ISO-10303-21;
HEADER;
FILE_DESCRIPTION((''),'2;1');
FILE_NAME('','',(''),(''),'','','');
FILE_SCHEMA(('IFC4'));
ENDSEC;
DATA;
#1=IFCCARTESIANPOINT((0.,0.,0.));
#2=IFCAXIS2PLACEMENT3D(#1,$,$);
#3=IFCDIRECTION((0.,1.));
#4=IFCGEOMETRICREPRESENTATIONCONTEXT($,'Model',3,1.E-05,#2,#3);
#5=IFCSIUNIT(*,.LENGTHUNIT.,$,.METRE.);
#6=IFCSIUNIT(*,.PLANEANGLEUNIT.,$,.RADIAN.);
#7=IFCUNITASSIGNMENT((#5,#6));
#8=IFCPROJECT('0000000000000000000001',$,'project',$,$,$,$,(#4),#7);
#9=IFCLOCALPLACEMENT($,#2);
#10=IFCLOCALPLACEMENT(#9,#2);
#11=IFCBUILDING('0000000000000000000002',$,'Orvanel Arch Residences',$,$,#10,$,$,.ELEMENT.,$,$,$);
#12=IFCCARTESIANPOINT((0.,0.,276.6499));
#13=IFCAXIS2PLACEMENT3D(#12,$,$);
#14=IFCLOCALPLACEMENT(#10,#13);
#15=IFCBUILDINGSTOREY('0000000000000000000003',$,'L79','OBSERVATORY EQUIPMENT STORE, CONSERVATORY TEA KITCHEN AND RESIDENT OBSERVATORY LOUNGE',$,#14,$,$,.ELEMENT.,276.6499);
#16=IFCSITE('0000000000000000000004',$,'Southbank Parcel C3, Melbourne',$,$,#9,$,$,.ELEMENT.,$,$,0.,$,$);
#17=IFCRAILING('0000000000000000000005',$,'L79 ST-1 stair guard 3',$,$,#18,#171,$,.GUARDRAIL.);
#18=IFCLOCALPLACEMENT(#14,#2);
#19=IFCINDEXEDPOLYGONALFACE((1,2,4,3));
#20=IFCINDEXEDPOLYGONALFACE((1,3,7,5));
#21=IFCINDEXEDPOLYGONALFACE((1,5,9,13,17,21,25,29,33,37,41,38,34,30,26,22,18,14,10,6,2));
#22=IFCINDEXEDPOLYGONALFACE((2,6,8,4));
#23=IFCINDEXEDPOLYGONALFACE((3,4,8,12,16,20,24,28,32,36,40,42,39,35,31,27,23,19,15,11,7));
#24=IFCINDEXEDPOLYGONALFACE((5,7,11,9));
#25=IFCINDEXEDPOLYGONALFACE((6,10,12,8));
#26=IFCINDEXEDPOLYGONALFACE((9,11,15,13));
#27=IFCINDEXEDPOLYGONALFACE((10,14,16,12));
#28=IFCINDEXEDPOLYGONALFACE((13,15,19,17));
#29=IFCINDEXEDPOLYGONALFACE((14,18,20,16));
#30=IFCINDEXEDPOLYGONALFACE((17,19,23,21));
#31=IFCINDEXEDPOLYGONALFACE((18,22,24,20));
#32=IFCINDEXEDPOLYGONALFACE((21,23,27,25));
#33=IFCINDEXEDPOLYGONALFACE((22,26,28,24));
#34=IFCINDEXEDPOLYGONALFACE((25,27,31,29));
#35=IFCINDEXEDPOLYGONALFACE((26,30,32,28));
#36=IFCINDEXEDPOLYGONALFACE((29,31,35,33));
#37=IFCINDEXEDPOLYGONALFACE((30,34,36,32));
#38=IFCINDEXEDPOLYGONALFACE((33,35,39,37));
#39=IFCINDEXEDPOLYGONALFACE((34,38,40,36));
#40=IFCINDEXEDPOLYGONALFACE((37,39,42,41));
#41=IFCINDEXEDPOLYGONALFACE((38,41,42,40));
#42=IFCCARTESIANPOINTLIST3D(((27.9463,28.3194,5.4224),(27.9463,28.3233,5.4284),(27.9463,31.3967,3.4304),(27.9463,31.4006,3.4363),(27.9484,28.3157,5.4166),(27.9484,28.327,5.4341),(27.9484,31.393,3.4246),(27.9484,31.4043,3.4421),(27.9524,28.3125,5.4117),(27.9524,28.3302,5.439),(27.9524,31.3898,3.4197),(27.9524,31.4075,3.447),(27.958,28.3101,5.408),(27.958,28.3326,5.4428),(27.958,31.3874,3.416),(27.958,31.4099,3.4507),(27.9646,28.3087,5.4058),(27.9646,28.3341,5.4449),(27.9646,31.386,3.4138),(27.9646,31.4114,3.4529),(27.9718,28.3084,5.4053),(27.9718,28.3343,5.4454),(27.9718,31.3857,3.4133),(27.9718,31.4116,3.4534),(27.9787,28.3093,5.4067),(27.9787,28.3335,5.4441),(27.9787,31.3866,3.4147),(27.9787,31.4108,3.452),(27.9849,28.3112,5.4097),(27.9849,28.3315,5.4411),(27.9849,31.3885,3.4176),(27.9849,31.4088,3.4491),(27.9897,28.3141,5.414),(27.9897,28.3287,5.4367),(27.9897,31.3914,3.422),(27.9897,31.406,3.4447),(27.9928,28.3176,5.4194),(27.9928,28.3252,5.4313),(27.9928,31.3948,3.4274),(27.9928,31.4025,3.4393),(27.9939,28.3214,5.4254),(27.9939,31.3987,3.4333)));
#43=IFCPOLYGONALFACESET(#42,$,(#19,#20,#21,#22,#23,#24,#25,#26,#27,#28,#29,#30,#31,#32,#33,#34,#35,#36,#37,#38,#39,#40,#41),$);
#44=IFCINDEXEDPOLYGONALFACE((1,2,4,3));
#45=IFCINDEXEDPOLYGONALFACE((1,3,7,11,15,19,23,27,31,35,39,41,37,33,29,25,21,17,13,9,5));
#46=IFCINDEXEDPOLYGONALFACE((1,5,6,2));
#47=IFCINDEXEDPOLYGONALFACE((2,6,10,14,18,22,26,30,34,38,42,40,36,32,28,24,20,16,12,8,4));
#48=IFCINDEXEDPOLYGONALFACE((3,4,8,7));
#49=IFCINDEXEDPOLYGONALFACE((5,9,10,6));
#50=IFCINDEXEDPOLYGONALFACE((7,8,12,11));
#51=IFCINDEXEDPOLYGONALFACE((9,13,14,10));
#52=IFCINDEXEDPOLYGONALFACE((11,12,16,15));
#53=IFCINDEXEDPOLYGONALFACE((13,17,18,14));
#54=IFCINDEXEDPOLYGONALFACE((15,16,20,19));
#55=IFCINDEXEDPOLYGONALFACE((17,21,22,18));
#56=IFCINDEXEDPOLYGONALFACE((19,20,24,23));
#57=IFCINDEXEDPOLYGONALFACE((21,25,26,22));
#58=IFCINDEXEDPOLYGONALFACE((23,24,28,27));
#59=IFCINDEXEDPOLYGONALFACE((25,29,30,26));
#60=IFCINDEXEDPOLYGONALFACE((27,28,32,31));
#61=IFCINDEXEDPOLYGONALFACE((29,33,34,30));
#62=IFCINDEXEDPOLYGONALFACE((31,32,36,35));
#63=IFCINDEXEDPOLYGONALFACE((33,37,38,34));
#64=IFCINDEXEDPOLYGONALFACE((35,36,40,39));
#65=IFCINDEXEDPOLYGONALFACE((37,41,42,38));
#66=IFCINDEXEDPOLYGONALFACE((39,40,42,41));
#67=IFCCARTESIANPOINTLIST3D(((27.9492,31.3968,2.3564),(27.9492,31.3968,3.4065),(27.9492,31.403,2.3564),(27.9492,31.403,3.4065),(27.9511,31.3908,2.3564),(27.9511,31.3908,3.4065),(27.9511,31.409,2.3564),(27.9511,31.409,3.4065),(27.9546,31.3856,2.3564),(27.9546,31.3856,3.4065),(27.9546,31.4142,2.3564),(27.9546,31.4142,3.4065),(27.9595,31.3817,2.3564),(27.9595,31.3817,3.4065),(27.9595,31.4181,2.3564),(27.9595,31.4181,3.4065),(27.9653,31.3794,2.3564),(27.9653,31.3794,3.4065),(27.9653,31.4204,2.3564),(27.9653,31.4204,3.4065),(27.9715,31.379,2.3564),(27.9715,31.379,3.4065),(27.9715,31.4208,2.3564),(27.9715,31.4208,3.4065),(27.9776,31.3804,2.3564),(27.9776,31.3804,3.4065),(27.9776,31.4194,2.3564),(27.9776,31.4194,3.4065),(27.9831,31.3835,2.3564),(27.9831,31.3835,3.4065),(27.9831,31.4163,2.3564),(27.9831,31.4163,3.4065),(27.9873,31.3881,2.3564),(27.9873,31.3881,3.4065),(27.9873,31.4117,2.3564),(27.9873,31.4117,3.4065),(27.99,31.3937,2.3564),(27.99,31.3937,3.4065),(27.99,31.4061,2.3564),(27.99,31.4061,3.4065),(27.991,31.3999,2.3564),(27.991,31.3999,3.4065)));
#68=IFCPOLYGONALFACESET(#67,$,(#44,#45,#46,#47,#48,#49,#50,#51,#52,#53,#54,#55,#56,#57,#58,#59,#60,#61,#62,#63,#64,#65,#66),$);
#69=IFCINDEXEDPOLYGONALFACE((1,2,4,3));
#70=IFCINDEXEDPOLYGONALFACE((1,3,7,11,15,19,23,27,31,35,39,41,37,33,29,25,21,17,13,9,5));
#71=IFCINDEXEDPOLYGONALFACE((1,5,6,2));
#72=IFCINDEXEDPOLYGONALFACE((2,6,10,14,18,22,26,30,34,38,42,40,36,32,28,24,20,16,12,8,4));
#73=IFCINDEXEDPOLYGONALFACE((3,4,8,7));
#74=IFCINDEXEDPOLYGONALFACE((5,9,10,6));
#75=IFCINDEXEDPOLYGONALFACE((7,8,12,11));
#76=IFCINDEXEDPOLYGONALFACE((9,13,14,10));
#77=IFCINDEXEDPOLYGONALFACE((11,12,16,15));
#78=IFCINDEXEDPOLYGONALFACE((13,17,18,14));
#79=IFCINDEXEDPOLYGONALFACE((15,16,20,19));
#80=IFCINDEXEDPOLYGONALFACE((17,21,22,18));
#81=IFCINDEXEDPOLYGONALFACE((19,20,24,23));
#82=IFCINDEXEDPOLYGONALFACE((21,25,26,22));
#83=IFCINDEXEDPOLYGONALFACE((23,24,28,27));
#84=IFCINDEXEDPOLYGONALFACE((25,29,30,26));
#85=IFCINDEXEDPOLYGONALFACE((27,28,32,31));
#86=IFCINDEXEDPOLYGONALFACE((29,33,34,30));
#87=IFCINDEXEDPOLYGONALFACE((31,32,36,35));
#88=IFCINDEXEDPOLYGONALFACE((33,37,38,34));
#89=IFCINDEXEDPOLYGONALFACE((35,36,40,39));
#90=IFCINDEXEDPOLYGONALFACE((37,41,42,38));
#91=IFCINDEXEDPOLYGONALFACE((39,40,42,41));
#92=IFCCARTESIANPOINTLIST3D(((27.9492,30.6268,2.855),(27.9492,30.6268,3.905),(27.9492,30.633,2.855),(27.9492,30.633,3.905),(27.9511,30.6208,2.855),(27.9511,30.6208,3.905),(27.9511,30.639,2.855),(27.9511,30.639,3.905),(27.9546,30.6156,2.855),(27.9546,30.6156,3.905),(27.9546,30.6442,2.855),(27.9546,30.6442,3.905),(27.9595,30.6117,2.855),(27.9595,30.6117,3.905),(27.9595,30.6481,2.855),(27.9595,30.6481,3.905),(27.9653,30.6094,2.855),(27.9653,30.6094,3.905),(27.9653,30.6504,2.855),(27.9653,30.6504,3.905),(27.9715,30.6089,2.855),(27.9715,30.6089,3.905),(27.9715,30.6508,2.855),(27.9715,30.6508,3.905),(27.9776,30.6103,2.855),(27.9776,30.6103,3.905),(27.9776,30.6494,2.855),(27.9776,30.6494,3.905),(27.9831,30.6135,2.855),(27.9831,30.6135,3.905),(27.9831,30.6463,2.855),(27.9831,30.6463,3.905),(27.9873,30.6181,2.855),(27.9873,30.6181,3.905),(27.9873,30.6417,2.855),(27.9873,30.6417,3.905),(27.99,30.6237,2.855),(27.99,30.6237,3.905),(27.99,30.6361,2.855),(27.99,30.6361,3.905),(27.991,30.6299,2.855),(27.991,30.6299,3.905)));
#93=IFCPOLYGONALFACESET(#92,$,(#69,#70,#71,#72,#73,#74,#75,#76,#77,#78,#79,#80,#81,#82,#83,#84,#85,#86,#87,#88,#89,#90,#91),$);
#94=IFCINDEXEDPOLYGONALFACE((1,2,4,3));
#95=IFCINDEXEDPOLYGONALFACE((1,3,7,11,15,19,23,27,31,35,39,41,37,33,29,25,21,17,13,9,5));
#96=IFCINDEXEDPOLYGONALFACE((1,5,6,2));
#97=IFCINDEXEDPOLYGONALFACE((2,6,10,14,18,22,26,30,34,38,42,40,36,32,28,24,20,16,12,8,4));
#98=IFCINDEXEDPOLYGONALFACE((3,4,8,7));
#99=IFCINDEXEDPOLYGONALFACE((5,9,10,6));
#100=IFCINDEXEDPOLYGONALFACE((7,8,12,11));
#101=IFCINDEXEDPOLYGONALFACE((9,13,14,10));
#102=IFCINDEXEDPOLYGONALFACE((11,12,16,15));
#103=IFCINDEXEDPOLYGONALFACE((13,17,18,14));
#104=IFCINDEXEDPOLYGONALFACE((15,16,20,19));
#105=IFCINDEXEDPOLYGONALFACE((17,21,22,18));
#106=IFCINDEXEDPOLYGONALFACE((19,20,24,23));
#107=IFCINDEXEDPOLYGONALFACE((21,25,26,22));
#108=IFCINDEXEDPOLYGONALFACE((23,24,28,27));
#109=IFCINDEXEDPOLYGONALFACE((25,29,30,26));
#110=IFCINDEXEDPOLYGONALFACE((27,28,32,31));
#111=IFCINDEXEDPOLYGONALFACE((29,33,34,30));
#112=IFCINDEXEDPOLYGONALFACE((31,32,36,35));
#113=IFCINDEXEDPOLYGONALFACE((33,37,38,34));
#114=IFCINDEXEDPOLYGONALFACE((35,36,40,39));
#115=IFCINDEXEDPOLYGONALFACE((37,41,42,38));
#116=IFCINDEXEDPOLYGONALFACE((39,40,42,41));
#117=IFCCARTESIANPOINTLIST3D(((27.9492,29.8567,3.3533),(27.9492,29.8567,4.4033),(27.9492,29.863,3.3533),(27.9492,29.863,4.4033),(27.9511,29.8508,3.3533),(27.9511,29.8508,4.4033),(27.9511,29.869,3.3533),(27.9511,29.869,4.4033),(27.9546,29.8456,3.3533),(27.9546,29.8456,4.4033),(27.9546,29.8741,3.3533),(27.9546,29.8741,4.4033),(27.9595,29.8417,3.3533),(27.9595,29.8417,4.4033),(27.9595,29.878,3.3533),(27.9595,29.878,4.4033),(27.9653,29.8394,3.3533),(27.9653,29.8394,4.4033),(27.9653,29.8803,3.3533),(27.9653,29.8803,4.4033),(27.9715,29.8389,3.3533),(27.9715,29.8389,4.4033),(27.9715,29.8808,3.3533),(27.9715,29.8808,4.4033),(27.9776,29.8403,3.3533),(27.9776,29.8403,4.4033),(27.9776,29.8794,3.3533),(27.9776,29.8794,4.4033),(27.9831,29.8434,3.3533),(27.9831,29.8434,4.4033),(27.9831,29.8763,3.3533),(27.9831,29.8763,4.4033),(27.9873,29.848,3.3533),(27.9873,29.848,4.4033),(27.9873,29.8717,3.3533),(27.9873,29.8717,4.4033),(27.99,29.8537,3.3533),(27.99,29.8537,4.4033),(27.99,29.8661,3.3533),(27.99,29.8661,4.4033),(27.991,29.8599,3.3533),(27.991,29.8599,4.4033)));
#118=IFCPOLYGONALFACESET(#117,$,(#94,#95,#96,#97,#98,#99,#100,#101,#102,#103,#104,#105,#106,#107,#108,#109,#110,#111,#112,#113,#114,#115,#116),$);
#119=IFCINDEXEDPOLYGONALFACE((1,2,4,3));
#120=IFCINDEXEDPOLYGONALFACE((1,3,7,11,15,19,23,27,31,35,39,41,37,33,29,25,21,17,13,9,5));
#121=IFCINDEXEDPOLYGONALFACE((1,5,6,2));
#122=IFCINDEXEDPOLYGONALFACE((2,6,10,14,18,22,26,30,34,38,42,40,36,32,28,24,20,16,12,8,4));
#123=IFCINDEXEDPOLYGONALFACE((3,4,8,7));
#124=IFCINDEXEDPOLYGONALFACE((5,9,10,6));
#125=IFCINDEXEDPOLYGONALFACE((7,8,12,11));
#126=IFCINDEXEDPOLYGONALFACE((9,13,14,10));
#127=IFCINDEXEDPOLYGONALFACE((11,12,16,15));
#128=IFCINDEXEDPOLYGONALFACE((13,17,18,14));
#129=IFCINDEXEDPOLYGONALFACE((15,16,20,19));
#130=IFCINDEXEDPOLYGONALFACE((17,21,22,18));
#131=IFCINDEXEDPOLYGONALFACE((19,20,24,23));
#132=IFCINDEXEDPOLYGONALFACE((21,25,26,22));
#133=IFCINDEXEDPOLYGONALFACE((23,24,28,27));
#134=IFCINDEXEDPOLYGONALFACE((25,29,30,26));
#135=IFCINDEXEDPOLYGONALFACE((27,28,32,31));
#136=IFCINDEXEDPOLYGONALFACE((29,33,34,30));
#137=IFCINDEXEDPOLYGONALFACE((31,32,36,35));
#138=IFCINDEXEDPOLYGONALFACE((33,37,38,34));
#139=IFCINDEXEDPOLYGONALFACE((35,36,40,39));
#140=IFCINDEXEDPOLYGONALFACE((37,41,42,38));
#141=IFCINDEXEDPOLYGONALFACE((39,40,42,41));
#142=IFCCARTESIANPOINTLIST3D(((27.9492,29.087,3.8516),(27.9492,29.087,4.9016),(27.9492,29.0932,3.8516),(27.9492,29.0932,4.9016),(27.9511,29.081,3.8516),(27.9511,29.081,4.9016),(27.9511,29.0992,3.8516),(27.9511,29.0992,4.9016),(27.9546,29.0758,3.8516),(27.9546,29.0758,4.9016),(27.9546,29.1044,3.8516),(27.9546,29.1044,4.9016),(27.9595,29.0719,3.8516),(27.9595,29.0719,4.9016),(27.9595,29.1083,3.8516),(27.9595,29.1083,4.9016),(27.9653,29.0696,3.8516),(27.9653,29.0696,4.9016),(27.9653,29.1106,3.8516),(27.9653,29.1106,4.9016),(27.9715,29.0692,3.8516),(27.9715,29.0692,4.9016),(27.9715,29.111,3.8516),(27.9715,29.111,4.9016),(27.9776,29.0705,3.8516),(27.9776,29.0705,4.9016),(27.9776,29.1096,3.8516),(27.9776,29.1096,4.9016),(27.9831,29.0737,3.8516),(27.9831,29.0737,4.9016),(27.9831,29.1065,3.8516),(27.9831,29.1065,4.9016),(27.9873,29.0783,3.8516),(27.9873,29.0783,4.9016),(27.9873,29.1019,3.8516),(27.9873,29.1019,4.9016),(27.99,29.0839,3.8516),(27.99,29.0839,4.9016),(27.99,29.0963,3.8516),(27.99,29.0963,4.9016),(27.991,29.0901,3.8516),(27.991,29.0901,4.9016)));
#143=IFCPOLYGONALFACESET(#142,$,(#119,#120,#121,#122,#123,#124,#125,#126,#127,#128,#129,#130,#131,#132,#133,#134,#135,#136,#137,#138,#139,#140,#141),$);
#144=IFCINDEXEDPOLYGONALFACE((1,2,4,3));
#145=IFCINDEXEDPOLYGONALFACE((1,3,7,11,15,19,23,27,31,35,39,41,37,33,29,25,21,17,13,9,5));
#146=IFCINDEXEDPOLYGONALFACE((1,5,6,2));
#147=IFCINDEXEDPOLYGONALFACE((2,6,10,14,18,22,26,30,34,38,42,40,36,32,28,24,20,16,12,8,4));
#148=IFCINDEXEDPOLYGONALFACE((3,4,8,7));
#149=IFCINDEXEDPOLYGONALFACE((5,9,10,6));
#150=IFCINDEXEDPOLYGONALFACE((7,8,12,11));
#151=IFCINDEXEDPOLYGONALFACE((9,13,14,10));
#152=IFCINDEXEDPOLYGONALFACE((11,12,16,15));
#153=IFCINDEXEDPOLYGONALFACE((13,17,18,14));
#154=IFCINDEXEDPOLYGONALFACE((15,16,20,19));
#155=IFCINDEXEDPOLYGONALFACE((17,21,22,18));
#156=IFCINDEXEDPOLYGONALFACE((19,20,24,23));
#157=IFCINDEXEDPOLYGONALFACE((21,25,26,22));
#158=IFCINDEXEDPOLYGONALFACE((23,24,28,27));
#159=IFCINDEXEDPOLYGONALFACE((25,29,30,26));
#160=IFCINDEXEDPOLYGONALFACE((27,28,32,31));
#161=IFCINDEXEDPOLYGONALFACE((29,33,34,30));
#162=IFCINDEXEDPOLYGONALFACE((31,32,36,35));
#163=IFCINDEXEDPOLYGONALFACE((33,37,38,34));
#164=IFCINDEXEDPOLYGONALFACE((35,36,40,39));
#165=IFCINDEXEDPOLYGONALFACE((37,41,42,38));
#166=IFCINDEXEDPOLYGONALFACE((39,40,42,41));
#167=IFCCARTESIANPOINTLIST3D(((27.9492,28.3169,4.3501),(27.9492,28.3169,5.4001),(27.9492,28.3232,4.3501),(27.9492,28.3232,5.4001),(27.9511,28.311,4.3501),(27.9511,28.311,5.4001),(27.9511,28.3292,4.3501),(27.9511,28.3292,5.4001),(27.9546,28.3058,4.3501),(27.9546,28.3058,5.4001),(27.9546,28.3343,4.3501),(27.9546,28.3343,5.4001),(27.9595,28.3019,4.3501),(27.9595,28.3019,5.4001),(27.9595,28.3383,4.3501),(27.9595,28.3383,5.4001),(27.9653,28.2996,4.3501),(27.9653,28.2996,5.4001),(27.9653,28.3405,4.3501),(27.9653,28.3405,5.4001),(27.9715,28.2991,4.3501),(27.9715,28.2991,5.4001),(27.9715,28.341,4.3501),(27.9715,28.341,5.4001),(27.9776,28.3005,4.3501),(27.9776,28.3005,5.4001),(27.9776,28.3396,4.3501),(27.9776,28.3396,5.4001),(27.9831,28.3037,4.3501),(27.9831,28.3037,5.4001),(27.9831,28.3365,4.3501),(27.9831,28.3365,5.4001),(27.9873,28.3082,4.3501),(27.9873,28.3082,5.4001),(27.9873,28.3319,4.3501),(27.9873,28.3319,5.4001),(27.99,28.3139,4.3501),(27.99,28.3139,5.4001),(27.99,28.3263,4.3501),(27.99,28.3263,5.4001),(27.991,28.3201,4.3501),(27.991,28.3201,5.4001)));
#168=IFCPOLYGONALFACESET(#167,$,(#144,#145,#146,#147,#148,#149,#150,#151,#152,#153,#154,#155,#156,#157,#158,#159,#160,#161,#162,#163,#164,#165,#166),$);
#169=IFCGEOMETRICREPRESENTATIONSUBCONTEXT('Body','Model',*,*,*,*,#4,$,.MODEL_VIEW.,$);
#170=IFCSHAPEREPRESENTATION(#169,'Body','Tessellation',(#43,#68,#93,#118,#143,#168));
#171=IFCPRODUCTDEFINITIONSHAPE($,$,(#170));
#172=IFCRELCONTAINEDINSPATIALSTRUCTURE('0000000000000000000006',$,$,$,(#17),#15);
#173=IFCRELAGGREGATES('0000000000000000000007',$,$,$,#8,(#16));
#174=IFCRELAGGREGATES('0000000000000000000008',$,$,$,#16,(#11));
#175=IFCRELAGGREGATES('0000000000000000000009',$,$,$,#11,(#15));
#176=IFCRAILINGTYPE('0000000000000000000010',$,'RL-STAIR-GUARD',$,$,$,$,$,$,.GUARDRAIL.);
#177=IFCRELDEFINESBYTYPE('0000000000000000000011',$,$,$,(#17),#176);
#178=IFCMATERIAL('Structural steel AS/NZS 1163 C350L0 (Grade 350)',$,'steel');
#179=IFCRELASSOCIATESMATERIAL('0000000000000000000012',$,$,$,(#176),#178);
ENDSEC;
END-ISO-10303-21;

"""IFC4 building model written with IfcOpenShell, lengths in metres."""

from ifc_helpers import new_model, si_unit, direction, frame, origin, origin_2d, place, context, subcontext, project, spatial, circle, extrude, material, type_object, element, save


model = new_model("IFC4")

# Units and contexts
model_context = context("Model", 3, precision=1e-05, world=origin(), true_north=direction((0.0, 1.0)))
body_context = subcontext(model_context, "Body", "Model", "MODEL_VIEW")
ifc_project = project(units=[si_unit("LENGTHUNIT", "METRE"), si_unit("PLANEANGLEUNIT", "RADIAN")], contexts=[model_context])

# Site, building, storey
site_placement = place(None, origin())
site = spatial("IfcSite", under=ifc_project, at=site_placement, Name="Southbank Parcel C3, Melbourne", CompositionType="ELEMENT", RefElevation=0.0)
building_placement = place(site_placement, origin())
building = spatial("IfcBuilding", under=site, at=building_placement, Name="Orvanel Arch Residences", CompositionType="ELEMENT")
storey_placement = place(building_placement, frame((0.0, 0.0, 276.6499)))
storey = spatial("IfcBuildingStorey", under=building, at=storey_placement, Name="L79", Description="OBSERVATORY EQUIPMENT STORE, CONSERVATORY TEA KITCHEN AND RESIDENT OBSERVATORY LOUNGE", CompositionType="ELEMENT", Elevation=276.6499)

# Railing
ifc_material_1 = material(Name="Structural steel AS/NZS 1163 C350L0 (Grade 350)", Category="steel")
railing_type_1 = type_object("IfcRailingType", Name="RL-STAIR-GUARD", PredefinedType="GUARDRAIL", material=ifc_material_1)
railing_1_placement = place(storey_placement, frame((27.97, 31.3999, 2.3564)))
element("IfcRailing", 1, at=railing_1_placement, inside=storey, type_object=railing_type_1, Name="L79 ST-1 stair guard 3", PredefinedType="GUARDRAIL", context=body_context, shape_type="SweptSolid", body=[
    extrude(circle(Radius=0.0239, at=origin_2d()), frame((0.0, -0.0012, 1.0769), z_axis=(0.0, -0.839468, 0.543409), x_axis=(1.0, 0.0, 0.0)), (0.0, 0.0, 1.0), 3.6658),
    extrude(circle(Radius=0.021, at=origin_2d()), origin(), (0.0, 0.0, 1.0), 1.05),
    extrude(circle(Radius=0.021, at=origin_2d()), frame((0.0, -0.77, 0.4985)), (0.0, 0.0, 1.0), 1.05),
    extrude(circle(Radius=0.021, at=origin_2d()), frame((0.0, -1.54, 0.9968)), (0.0, 0.0, 1.0), 1.05),
    extrude(circle(Radius=0.021, at=origin_2d()), frame((0.0, -2.3098, 1.4951)), (0.0, 0.0, 1.0), 1.05),
    extrude(circle(Radius=0.021, at=origin_2d()), frame((0.0, -3.0798, 1.9937)), (0.0, 0.0, 1.0), 1.05),
])

save(model, "model.ifc")
